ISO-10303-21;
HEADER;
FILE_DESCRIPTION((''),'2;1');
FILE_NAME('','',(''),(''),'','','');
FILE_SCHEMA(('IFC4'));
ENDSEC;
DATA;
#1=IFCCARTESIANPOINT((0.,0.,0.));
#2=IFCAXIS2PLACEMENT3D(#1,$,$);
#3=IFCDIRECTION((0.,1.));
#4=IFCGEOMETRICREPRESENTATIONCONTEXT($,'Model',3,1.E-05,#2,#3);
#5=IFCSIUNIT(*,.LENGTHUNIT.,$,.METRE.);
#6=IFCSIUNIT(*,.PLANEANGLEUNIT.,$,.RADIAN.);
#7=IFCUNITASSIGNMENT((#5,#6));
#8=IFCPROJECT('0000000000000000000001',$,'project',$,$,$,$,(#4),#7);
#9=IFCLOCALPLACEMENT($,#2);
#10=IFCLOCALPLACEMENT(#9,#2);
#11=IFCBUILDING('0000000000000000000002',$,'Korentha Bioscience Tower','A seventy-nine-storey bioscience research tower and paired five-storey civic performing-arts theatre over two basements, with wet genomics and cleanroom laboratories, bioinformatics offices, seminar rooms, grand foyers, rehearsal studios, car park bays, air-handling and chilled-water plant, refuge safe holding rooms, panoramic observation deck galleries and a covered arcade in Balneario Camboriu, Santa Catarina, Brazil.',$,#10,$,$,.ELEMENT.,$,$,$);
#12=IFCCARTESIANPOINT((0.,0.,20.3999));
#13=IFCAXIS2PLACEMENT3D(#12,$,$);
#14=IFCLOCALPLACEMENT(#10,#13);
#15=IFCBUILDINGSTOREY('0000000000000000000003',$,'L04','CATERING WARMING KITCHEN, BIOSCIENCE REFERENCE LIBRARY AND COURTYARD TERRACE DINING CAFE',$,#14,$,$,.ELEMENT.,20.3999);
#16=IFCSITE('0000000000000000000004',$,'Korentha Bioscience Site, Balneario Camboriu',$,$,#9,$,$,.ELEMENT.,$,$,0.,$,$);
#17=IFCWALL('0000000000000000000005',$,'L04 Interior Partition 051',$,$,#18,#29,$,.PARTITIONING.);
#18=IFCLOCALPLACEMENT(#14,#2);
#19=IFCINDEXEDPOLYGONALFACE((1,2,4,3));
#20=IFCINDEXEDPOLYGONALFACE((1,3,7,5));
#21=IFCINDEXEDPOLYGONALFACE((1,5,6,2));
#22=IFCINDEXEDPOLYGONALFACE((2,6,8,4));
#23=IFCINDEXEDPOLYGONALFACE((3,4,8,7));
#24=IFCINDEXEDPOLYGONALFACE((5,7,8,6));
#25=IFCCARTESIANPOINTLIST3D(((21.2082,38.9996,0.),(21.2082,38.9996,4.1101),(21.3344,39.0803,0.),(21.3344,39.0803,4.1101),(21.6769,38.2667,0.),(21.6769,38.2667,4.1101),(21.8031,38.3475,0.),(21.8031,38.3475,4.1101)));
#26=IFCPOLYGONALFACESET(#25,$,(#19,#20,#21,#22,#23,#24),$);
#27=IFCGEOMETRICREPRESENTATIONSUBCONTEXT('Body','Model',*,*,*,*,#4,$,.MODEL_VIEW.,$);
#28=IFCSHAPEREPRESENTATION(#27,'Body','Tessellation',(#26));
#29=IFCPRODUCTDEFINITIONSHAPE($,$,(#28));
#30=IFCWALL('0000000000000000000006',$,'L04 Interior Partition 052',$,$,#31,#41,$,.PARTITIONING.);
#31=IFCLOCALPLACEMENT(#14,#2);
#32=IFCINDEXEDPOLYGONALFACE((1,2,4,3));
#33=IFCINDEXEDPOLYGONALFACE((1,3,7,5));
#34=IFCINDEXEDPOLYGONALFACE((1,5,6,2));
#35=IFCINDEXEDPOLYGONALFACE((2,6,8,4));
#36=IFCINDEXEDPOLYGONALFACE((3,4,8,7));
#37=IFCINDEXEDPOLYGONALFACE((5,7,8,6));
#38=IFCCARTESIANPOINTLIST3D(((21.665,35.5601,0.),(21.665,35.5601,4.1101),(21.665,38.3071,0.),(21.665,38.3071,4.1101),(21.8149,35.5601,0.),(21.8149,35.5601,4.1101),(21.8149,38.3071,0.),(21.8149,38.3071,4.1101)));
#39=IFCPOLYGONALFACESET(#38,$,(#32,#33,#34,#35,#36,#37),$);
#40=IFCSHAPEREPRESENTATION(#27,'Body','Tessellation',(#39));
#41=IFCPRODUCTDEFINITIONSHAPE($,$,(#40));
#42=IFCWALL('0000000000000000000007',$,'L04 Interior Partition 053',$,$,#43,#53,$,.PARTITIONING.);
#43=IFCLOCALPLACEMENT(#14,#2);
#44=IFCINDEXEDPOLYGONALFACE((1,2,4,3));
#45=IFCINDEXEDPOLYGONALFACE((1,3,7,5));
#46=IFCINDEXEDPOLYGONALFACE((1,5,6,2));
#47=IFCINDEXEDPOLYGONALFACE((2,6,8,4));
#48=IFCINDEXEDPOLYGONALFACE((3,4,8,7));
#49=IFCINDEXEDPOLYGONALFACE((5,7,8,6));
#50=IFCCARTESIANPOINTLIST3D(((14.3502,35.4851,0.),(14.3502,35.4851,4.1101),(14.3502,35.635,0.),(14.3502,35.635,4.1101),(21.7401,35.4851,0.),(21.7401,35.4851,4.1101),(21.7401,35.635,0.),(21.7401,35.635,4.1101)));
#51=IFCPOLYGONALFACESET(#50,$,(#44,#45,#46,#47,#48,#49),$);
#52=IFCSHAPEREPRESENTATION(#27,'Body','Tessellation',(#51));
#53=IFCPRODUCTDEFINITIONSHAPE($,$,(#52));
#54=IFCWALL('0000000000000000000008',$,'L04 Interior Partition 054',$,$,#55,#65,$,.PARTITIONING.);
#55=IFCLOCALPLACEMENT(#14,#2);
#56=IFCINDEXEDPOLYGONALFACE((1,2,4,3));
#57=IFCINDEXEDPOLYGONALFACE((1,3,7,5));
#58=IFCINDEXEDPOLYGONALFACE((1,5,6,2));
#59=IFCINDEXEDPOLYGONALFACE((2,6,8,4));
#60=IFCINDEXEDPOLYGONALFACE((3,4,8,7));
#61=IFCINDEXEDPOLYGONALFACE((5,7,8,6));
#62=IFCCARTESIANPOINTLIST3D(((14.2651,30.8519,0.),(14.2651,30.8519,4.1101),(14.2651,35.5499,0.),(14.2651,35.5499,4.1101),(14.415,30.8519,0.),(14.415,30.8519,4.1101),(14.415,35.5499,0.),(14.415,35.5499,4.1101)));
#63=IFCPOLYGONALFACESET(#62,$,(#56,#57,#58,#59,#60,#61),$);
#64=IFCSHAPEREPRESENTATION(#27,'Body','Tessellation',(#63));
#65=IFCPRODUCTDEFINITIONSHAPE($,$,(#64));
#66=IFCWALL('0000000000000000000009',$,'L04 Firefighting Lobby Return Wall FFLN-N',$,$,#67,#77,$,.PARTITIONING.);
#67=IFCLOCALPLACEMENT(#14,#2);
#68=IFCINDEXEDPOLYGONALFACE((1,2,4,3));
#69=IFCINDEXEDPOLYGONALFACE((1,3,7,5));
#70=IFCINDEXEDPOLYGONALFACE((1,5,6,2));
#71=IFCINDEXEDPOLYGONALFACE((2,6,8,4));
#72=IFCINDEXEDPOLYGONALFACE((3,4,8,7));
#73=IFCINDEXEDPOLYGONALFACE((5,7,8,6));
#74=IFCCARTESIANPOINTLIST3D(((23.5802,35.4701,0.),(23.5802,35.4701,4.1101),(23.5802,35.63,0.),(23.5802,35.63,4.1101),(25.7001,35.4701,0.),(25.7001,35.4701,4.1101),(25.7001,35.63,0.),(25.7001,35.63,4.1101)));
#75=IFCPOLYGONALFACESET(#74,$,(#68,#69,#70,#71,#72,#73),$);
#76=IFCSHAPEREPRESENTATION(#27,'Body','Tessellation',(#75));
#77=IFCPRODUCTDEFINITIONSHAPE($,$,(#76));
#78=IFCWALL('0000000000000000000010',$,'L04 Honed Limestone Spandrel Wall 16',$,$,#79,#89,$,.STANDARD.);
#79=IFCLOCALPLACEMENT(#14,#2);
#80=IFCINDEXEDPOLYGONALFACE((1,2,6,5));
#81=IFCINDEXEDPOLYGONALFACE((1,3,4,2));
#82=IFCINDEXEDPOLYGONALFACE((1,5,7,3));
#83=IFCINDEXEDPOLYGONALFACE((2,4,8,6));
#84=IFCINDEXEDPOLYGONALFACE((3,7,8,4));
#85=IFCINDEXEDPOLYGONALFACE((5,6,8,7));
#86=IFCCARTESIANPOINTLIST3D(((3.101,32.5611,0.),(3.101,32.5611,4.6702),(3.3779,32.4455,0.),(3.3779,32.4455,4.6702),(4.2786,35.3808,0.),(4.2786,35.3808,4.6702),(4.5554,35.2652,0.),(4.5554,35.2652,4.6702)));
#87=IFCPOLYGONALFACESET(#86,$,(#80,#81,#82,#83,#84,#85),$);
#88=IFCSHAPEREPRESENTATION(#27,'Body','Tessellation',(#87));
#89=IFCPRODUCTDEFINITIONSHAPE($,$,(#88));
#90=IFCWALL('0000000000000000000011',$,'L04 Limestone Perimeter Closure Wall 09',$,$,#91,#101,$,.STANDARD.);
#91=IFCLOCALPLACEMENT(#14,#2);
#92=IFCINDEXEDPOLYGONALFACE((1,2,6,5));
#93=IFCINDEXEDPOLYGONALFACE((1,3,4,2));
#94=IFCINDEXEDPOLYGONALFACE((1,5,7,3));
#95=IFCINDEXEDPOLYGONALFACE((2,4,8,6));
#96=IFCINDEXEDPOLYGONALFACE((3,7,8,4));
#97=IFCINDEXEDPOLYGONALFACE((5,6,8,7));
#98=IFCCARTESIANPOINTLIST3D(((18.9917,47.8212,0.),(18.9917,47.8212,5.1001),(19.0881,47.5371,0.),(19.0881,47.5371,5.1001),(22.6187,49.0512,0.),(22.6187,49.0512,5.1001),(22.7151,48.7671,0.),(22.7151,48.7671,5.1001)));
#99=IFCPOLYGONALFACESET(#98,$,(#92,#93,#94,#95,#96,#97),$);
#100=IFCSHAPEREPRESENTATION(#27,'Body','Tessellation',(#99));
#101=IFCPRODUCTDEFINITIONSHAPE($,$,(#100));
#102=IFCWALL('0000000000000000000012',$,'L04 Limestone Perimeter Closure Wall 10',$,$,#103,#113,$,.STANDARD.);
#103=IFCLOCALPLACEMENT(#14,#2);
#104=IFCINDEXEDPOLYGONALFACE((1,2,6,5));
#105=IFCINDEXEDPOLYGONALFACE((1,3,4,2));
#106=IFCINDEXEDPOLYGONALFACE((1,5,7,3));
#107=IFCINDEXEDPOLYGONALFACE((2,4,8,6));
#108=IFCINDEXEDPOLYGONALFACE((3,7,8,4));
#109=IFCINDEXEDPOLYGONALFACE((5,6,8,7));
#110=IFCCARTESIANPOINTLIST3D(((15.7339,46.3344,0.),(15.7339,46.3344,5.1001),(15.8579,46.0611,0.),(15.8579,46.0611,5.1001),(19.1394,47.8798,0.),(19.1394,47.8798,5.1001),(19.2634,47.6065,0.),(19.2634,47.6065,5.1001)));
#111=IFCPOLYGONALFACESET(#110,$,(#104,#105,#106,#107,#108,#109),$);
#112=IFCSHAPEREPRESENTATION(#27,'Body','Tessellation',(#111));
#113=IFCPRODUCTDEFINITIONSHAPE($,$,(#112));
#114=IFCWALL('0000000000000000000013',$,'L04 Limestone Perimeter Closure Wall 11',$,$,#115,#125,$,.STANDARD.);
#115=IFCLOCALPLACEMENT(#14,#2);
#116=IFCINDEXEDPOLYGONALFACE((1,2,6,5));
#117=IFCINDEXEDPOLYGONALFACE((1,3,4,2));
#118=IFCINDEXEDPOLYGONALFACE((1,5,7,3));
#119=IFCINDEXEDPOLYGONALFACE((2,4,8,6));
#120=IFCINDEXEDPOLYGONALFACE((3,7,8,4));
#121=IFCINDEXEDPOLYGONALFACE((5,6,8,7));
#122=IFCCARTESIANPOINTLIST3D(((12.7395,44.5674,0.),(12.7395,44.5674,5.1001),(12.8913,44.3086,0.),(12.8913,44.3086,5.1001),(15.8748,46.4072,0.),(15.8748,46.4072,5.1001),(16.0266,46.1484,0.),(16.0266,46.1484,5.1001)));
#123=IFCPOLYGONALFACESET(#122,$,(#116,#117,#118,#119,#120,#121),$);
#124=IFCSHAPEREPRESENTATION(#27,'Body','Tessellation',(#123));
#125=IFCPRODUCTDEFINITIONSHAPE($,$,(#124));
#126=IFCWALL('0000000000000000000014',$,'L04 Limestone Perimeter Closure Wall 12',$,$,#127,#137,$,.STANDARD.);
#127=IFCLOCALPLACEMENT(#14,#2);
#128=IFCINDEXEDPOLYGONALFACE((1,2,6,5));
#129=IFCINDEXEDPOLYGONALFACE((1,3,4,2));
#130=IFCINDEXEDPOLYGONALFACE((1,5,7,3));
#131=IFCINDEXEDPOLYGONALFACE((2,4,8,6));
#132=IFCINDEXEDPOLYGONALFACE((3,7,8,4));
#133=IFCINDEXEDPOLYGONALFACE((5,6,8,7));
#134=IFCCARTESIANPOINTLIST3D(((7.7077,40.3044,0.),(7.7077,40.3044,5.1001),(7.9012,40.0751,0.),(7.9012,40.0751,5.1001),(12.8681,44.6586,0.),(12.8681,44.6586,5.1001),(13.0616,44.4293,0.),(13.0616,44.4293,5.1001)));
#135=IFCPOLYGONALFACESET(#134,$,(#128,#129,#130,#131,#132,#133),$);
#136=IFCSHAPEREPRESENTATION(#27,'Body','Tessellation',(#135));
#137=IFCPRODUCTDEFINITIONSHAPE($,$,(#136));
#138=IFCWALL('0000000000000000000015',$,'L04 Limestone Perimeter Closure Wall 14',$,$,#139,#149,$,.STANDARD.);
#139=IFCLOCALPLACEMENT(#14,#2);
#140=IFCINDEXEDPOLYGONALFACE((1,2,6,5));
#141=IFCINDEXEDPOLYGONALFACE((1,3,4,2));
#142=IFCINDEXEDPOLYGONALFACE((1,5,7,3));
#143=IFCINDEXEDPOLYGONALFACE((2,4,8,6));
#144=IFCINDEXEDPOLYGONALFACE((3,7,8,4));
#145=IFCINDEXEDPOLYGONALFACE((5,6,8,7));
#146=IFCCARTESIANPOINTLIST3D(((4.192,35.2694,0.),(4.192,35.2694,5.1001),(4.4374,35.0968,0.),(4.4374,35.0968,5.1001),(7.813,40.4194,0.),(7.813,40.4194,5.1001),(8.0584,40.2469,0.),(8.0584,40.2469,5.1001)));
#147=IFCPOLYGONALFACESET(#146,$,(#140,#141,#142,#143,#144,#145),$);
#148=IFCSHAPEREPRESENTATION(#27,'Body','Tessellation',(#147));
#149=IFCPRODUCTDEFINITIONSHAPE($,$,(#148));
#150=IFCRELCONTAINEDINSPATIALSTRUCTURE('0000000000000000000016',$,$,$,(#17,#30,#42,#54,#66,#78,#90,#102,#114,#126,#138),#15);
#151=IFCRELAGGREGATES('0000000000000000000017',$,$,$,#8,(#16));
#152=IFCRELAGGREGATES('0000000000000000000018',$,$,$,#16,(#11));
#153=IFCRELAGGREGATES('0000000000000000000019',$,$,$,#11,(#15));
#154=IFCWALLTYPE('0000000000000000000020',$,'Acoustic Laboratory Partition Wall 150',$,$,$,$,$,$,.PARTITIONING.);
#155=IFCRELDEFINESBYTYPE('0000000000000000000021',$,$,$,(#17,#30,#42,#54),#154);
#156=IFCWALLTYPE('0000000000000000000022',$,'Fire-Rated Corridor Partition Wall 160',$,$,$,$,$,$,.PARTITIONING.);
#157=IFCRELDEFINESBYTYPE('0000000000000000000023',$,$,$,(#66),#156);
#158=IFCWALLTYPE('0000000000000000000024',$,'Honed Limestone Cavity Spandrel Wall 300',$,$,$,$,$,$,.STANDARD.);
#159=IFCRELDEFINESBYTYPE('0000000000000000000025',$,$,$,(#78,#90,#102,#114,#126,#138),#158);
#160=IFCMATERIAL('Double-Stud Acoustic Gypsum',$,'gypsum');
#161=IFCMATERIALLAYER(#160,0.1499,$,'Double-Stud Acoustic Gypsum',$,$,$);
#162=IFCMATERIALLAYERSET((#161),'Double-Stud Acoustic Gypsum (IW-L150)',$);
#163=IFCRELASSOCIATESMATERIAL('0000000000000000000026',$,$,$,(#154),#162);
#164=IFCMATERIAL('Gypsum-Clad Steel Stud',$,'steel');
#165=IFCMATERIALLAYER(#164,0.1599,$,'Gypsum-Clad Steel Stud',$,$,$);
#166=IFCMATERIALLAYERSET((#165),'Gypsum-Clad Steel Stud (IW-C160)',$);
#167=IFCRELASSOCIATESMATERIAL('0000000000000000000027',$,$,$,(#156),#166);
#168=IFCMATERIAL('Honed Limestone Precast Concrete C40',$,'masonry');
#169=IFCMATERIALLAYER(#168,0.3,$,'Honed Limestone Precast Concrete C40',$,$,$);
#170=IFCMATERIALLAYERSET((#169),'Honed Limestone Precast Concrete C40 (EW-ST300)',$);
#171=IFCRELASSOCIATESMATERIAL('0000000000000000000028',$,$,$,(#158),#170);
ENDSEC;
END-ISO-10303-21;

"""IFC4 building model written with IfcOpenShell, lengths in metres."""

from ifc_helpers import new_model, si_unit, direction, frame, frame_2d, origin, place, context, subcontext, project, spatial, rectangle, extrude, material, layer, layer_set, type_object, element, save


model = new_model("IFC4")

# Units and contexts
model_context = context("Model", 3, precision=1e-05, world=origin(), true_north=direction((0.0, 1.0)))
body_context = subcontext(model_context, "Body", "Model", "MODEL_VIEW")
ifc_project = project(units=[si_unit("LENGTHUNIT", "METRE"), si_unit("PLANEANGLEUNIT", "RADIAN")], contexts=[model_context])

# Site, building, storey
site_placement = place(None, origin())
site = spatial("IfcSite", under=ifc_project, at=site_placement, Name="Korentha Bioscience Site, Balneario Camboriu", CompositionType="ELEMENT", RefElevation=0.0)
building_placement = place(site_placement, origin())
building = spatial("IfcBuilding", under=site, at=building_placement, Name="Korentha Bioscience Tower", Description="A seventy-nine-storey bioscience research tower and paired five-storey civic performing-arts theatre over two basements, with wet genomics and cleanroom laboratories, bioinformatics offices, seminar rooms, grand foyers, rehearsal studios, car park bays, air-handling and chilled-water plant, refuge safe holding rooms, panoramic observation deck galleries and a covered arcade in Balneario Camboriu, Santa Catarina, Brazil.", CompositionType="ELEMENT")
storey_placement = place(building_placement, frame((0.0, 0.0, 20.3999)))
storey = spatial("IfcBuildingStorey", under=building, at=storey_placement, Name="L04", Description="CATERING WARMING KITCHEN, BIOSCIENCE REFERENCE LIBRARY AND COURTYARD TERRACE DINING CAFE", CompositionType="ELEMENT", Elevation=20.3999)

# Shared definitions
ifc_material_1 = material(Name="Double-Stud Acoustic Gypsum", Category="gypsum")
ifc_layer_1 = layer(ifc_material_1, 0.1499, Name="Double-Stud Acoustic Gypsum")
ifc_layer_set_1 = layer_set([ifc_layer_1], Name="Double-Stud Acoustic Gypsum (IW-L150)")
wall_type_1 = type_object("IfcWallType", Name="Acoustic Laboratory Partition Wall 150", PredefinedType="PARTITIONING", material=ifc_layer_set_1)

# Walls
wall_1_placement = place(storey_placement, frame((21.2712, 39.04, 0.0), z_axis=(0.0, 0.0, 1.0), x_axis=(0.538799, -0.842434, 0.0)))
element("IfcWall", 1, at=wall_1_placement, inside=storey, type_object=wall_type_1, Name="L04 Interior Partition 051", PredefinedType="PARTITIONING", context=body_context, shape_type="SweptSolid", body=[
    extrude(rectangle(XDim=0.8699, YDim=0.1499, at=frame_2d((0.4351, 0.0))), origin(), (0.0, 0.0, 1.0), 4.1101),
])
wall_2_placement = place(storey_placement, frame((21.74, 38.3071, 0.0), z_axis=(0.0, 0.0, 1.0), x_axis=(0.0, -1.0, 0.0)))
element("IfcWall", 2, at=wall_2_placement, inside=storey, type_object=wall_type_1, Name="L04 Interior Partition 052", PredefinedType="PARTITIONING", context=body_context, shape_type="SweptSolid", body=[
    extrude(rectangle(XDim=2.7471, YDim=0.1499, at=frame_2d((1.3735, 0.0))), origin(), (0.0, 0.0, 1.0), 4.1101),
])
wall_3_placement = place(storey_placement, frame((21.74, 35.5601, 0.0), z_axis=(0.0, 0.0, 1.0), x_axis=(-1.0, 0.0, 0.0)))
element("IfcWall", 3, at=wall_3_placement, inside=storey, type_object=wall_type_1, Name="L04 Interior Partition 053", PredefinedType="PARTITIONING", context=body_context, shape_type="SweptSolid", body=[
    extrude(rectangle(XDim=7.3899, YDim=0.1499, at=frame_2d((3.6948, 0.0))), origin(), (0.0, 0.0, 1.0), 4.1101),
])
wall_4_placement = place(storey_placement, frame((14.3401, 35.55, 0.0), z_axis=(0.0, 0.0, 1.0), x_axis=(0.0, -1.0, 0.0)))
element("IfcWall", 4, at=wall_4_placement, inside=storey, type_object=wall_type_1, Name="L04 Interior Partition 054", PredefinedType="PARTITIONING", context=body_context, shape_type="SweptSolid", body=[
    extrude(rectangle(XDim=4.698, YDim=0.1499, at=frame_2d((2.3491, 0.0))), origin(), (0.0, 0.0, 1.0), 4.1101),
])
ifc_material_2 = material(Name="Gypsum-Clad Steel Stud", Category="steel")
ifc_layer_2 = layer(ifc_material_2, 0.1599, Name="Gypsum-Clad Steel Stud")
ifc_layer_set_2 = layer_set([ifc_layer_2], Name="Gypsum-Clad Steel Stud (IW-C160)")
wall_type_2 = type_object("IfcWallType", Name="Fire-Rated Corridor Partition Wall 160", PredefinedType="PARTITIONING", material=ifc_layer_set_2)
wall_5_placement = place(storey_placement, frame((23.5801, 35.55, 0.0), z_axis=(0.0, 0.0, 1.0), x_axis=(1.0, 0.0, 0.0)))
element("IfcWall", 5, at=wall_5_placement, inside=storey, type_object=wall_type_2, Name="L04 Firefighting Lobby Return Wall FFLN-N", PredefinedType="PARTITIONING", context=body_context, shape_type="SweptSolid", body=[
    extrude(rectangle(XDim=2.1199, YDim=0.1599, at=frame_2d((1.0601, 0.0))), origin(), (0.0, 0.0, 1.0), 4.1101),
])
ifc_material_3 = material(Name="Honed Limestone Precast Concrete C40", Category="masonry")
ifc_layer_3 = layer(ifc_material_3, 0.3, Name="Honed Limestone Precast Concrete C40")
ifc_layer_set_3 = layer_set([ifc_layer_3], Name="Honed Limestone Precast Concrete C40 (EW-ST300)")
wall_type_3 = type_object("IfcWallType", Name="Honed Limestone Cavity Spandrel Wall 300", PredefinedType="STANDARD", material=ifc_layer_set_3)
wall_6_placement = place(storey_placement, frame((4.417, 35.323, 0.0), z_axis=(0.0, 0.0, 1.0), x_axis=(-0.385358, -0.922767, 0.0)))
element("IfcWall", 6, at=wall_6_placement, inside=storey, type_object=wall_type_3, Name="L04 Honed Limestone Spandrel Wall 16", PredefinedType="STANDARD", context=body_context, shape_type="SweptSolid", body=[
    extrude(rectangle(XDim=3.0557, YDim=0.3, at=frame_2d((1.5278, 0.0))), origin(), (0.0, 0.0, 1.0), 4.6702),
])
wall_7_placement = place(storey_placement, frame((22.667, 48.9092, 0.0), z_axis=(0.0, 0.0, 1.0), x_axis=(-0.947026, -0.321158, 0.0)))
element("IfcWall", 7, at=wall_7_placement, inside=storey, type_object=wall_type_3, Name="L04 Limestone Perimeter Closure Wall 09", PredefinedType="STANDARD", context=body_context, shape_type="SweptSolid", body=[
    extrude(rectangle(XDim=3.8298, YDim=0.3, at=frame_2d((1.915, 0.0))), origin(), (0.0, 0.0, 1.0), 5.1001),
])
wall_8_placement = place(storey_placement, frame((19.2014, 47.7432, 0.0), z_axis=(0.0, 0.0, 1.0), x_axis=(-0.910623, -0.413237, 0.0)))
element("IfcWall", 8, at=wall_8_placement, inside=storey, type_object=wall_type_3, Name="L04 Limestone Perimeter Closure Wall 10", PredefinedType="STANDARD", context=body_context, shape_type="SweptSolid", body=[
    extrude(rectangle(XDim=3.7397, YDim=0.3, at=frame_2d((1.8699, 0.0))), origin(), (0.0, 0.0, 1.0), 5.1001),
])
wall_9_placement = place(storey_placement, frame((15.9507, 46.2778, 0.0), z_axis=(0.0, 0.0, 1.0), x_axis=(-0.862465, -0.506116, 0.0)))
element("IfcWall", 9, at=wall_9_placement, inside=storey, type_object=wall_type_3, Name="L04 Limestone Perimeter Closure Wall 11", PredefinedType="STANDARD", context=body_context, shape_type="SweptSolid", body=[
    extrude(rectangle(XDim=3.6353, YDim=0.3, at=frame_2d((1.8176, 0.0))), origin(), (0.0, 0.0, 1.0), 5.1001),
])
wall_10_placement = place(storey_placement, frame((12.9648, 44.5439, 0.0), z_axis=(0.0, 0.0, 1.0), x_axis=(-0.76428, -0.644885, 0.0)))
element("IfcWall", 10, at=wall_10_placement, inside=storey, type_object=wall_type_3, Name="L04 Limestone Perimeter Closure Wall 12", PredefinedType="STANDARD", context=body_context, shape_type="SweptSolid", body=[
    extrude(rectangle(XDim=6.752, YDim=0.3, at=frame_2d((3.376, 0.0))), origin(), (0.0, 0.0, 1.0), 5.1001),
])
wall_11_placement = place(storey_placement, frame((7.9358, 40.3333, 0.0), z_axis=(0.0, 0.0, 1.0), x_axis=(-0.575166, -0.818037, 0.0)))
element("IfcWall", 11, at=wall_11_placement, inside=storey, type_object=wall_type_3, Name="L04 Limestone Perimeter Closure Wall 14", PredefinedType="STANDARD", context=body_context, shape_type="SweptSolid", body=[
    extrude(rectangle(XDim=6.2957, YDim=0.3, at=frame_2d((3.1479, 0.0))), origin(), (0.0, 0.0, 1.0), 5.1001),
])

save(model, "model.ifc")
